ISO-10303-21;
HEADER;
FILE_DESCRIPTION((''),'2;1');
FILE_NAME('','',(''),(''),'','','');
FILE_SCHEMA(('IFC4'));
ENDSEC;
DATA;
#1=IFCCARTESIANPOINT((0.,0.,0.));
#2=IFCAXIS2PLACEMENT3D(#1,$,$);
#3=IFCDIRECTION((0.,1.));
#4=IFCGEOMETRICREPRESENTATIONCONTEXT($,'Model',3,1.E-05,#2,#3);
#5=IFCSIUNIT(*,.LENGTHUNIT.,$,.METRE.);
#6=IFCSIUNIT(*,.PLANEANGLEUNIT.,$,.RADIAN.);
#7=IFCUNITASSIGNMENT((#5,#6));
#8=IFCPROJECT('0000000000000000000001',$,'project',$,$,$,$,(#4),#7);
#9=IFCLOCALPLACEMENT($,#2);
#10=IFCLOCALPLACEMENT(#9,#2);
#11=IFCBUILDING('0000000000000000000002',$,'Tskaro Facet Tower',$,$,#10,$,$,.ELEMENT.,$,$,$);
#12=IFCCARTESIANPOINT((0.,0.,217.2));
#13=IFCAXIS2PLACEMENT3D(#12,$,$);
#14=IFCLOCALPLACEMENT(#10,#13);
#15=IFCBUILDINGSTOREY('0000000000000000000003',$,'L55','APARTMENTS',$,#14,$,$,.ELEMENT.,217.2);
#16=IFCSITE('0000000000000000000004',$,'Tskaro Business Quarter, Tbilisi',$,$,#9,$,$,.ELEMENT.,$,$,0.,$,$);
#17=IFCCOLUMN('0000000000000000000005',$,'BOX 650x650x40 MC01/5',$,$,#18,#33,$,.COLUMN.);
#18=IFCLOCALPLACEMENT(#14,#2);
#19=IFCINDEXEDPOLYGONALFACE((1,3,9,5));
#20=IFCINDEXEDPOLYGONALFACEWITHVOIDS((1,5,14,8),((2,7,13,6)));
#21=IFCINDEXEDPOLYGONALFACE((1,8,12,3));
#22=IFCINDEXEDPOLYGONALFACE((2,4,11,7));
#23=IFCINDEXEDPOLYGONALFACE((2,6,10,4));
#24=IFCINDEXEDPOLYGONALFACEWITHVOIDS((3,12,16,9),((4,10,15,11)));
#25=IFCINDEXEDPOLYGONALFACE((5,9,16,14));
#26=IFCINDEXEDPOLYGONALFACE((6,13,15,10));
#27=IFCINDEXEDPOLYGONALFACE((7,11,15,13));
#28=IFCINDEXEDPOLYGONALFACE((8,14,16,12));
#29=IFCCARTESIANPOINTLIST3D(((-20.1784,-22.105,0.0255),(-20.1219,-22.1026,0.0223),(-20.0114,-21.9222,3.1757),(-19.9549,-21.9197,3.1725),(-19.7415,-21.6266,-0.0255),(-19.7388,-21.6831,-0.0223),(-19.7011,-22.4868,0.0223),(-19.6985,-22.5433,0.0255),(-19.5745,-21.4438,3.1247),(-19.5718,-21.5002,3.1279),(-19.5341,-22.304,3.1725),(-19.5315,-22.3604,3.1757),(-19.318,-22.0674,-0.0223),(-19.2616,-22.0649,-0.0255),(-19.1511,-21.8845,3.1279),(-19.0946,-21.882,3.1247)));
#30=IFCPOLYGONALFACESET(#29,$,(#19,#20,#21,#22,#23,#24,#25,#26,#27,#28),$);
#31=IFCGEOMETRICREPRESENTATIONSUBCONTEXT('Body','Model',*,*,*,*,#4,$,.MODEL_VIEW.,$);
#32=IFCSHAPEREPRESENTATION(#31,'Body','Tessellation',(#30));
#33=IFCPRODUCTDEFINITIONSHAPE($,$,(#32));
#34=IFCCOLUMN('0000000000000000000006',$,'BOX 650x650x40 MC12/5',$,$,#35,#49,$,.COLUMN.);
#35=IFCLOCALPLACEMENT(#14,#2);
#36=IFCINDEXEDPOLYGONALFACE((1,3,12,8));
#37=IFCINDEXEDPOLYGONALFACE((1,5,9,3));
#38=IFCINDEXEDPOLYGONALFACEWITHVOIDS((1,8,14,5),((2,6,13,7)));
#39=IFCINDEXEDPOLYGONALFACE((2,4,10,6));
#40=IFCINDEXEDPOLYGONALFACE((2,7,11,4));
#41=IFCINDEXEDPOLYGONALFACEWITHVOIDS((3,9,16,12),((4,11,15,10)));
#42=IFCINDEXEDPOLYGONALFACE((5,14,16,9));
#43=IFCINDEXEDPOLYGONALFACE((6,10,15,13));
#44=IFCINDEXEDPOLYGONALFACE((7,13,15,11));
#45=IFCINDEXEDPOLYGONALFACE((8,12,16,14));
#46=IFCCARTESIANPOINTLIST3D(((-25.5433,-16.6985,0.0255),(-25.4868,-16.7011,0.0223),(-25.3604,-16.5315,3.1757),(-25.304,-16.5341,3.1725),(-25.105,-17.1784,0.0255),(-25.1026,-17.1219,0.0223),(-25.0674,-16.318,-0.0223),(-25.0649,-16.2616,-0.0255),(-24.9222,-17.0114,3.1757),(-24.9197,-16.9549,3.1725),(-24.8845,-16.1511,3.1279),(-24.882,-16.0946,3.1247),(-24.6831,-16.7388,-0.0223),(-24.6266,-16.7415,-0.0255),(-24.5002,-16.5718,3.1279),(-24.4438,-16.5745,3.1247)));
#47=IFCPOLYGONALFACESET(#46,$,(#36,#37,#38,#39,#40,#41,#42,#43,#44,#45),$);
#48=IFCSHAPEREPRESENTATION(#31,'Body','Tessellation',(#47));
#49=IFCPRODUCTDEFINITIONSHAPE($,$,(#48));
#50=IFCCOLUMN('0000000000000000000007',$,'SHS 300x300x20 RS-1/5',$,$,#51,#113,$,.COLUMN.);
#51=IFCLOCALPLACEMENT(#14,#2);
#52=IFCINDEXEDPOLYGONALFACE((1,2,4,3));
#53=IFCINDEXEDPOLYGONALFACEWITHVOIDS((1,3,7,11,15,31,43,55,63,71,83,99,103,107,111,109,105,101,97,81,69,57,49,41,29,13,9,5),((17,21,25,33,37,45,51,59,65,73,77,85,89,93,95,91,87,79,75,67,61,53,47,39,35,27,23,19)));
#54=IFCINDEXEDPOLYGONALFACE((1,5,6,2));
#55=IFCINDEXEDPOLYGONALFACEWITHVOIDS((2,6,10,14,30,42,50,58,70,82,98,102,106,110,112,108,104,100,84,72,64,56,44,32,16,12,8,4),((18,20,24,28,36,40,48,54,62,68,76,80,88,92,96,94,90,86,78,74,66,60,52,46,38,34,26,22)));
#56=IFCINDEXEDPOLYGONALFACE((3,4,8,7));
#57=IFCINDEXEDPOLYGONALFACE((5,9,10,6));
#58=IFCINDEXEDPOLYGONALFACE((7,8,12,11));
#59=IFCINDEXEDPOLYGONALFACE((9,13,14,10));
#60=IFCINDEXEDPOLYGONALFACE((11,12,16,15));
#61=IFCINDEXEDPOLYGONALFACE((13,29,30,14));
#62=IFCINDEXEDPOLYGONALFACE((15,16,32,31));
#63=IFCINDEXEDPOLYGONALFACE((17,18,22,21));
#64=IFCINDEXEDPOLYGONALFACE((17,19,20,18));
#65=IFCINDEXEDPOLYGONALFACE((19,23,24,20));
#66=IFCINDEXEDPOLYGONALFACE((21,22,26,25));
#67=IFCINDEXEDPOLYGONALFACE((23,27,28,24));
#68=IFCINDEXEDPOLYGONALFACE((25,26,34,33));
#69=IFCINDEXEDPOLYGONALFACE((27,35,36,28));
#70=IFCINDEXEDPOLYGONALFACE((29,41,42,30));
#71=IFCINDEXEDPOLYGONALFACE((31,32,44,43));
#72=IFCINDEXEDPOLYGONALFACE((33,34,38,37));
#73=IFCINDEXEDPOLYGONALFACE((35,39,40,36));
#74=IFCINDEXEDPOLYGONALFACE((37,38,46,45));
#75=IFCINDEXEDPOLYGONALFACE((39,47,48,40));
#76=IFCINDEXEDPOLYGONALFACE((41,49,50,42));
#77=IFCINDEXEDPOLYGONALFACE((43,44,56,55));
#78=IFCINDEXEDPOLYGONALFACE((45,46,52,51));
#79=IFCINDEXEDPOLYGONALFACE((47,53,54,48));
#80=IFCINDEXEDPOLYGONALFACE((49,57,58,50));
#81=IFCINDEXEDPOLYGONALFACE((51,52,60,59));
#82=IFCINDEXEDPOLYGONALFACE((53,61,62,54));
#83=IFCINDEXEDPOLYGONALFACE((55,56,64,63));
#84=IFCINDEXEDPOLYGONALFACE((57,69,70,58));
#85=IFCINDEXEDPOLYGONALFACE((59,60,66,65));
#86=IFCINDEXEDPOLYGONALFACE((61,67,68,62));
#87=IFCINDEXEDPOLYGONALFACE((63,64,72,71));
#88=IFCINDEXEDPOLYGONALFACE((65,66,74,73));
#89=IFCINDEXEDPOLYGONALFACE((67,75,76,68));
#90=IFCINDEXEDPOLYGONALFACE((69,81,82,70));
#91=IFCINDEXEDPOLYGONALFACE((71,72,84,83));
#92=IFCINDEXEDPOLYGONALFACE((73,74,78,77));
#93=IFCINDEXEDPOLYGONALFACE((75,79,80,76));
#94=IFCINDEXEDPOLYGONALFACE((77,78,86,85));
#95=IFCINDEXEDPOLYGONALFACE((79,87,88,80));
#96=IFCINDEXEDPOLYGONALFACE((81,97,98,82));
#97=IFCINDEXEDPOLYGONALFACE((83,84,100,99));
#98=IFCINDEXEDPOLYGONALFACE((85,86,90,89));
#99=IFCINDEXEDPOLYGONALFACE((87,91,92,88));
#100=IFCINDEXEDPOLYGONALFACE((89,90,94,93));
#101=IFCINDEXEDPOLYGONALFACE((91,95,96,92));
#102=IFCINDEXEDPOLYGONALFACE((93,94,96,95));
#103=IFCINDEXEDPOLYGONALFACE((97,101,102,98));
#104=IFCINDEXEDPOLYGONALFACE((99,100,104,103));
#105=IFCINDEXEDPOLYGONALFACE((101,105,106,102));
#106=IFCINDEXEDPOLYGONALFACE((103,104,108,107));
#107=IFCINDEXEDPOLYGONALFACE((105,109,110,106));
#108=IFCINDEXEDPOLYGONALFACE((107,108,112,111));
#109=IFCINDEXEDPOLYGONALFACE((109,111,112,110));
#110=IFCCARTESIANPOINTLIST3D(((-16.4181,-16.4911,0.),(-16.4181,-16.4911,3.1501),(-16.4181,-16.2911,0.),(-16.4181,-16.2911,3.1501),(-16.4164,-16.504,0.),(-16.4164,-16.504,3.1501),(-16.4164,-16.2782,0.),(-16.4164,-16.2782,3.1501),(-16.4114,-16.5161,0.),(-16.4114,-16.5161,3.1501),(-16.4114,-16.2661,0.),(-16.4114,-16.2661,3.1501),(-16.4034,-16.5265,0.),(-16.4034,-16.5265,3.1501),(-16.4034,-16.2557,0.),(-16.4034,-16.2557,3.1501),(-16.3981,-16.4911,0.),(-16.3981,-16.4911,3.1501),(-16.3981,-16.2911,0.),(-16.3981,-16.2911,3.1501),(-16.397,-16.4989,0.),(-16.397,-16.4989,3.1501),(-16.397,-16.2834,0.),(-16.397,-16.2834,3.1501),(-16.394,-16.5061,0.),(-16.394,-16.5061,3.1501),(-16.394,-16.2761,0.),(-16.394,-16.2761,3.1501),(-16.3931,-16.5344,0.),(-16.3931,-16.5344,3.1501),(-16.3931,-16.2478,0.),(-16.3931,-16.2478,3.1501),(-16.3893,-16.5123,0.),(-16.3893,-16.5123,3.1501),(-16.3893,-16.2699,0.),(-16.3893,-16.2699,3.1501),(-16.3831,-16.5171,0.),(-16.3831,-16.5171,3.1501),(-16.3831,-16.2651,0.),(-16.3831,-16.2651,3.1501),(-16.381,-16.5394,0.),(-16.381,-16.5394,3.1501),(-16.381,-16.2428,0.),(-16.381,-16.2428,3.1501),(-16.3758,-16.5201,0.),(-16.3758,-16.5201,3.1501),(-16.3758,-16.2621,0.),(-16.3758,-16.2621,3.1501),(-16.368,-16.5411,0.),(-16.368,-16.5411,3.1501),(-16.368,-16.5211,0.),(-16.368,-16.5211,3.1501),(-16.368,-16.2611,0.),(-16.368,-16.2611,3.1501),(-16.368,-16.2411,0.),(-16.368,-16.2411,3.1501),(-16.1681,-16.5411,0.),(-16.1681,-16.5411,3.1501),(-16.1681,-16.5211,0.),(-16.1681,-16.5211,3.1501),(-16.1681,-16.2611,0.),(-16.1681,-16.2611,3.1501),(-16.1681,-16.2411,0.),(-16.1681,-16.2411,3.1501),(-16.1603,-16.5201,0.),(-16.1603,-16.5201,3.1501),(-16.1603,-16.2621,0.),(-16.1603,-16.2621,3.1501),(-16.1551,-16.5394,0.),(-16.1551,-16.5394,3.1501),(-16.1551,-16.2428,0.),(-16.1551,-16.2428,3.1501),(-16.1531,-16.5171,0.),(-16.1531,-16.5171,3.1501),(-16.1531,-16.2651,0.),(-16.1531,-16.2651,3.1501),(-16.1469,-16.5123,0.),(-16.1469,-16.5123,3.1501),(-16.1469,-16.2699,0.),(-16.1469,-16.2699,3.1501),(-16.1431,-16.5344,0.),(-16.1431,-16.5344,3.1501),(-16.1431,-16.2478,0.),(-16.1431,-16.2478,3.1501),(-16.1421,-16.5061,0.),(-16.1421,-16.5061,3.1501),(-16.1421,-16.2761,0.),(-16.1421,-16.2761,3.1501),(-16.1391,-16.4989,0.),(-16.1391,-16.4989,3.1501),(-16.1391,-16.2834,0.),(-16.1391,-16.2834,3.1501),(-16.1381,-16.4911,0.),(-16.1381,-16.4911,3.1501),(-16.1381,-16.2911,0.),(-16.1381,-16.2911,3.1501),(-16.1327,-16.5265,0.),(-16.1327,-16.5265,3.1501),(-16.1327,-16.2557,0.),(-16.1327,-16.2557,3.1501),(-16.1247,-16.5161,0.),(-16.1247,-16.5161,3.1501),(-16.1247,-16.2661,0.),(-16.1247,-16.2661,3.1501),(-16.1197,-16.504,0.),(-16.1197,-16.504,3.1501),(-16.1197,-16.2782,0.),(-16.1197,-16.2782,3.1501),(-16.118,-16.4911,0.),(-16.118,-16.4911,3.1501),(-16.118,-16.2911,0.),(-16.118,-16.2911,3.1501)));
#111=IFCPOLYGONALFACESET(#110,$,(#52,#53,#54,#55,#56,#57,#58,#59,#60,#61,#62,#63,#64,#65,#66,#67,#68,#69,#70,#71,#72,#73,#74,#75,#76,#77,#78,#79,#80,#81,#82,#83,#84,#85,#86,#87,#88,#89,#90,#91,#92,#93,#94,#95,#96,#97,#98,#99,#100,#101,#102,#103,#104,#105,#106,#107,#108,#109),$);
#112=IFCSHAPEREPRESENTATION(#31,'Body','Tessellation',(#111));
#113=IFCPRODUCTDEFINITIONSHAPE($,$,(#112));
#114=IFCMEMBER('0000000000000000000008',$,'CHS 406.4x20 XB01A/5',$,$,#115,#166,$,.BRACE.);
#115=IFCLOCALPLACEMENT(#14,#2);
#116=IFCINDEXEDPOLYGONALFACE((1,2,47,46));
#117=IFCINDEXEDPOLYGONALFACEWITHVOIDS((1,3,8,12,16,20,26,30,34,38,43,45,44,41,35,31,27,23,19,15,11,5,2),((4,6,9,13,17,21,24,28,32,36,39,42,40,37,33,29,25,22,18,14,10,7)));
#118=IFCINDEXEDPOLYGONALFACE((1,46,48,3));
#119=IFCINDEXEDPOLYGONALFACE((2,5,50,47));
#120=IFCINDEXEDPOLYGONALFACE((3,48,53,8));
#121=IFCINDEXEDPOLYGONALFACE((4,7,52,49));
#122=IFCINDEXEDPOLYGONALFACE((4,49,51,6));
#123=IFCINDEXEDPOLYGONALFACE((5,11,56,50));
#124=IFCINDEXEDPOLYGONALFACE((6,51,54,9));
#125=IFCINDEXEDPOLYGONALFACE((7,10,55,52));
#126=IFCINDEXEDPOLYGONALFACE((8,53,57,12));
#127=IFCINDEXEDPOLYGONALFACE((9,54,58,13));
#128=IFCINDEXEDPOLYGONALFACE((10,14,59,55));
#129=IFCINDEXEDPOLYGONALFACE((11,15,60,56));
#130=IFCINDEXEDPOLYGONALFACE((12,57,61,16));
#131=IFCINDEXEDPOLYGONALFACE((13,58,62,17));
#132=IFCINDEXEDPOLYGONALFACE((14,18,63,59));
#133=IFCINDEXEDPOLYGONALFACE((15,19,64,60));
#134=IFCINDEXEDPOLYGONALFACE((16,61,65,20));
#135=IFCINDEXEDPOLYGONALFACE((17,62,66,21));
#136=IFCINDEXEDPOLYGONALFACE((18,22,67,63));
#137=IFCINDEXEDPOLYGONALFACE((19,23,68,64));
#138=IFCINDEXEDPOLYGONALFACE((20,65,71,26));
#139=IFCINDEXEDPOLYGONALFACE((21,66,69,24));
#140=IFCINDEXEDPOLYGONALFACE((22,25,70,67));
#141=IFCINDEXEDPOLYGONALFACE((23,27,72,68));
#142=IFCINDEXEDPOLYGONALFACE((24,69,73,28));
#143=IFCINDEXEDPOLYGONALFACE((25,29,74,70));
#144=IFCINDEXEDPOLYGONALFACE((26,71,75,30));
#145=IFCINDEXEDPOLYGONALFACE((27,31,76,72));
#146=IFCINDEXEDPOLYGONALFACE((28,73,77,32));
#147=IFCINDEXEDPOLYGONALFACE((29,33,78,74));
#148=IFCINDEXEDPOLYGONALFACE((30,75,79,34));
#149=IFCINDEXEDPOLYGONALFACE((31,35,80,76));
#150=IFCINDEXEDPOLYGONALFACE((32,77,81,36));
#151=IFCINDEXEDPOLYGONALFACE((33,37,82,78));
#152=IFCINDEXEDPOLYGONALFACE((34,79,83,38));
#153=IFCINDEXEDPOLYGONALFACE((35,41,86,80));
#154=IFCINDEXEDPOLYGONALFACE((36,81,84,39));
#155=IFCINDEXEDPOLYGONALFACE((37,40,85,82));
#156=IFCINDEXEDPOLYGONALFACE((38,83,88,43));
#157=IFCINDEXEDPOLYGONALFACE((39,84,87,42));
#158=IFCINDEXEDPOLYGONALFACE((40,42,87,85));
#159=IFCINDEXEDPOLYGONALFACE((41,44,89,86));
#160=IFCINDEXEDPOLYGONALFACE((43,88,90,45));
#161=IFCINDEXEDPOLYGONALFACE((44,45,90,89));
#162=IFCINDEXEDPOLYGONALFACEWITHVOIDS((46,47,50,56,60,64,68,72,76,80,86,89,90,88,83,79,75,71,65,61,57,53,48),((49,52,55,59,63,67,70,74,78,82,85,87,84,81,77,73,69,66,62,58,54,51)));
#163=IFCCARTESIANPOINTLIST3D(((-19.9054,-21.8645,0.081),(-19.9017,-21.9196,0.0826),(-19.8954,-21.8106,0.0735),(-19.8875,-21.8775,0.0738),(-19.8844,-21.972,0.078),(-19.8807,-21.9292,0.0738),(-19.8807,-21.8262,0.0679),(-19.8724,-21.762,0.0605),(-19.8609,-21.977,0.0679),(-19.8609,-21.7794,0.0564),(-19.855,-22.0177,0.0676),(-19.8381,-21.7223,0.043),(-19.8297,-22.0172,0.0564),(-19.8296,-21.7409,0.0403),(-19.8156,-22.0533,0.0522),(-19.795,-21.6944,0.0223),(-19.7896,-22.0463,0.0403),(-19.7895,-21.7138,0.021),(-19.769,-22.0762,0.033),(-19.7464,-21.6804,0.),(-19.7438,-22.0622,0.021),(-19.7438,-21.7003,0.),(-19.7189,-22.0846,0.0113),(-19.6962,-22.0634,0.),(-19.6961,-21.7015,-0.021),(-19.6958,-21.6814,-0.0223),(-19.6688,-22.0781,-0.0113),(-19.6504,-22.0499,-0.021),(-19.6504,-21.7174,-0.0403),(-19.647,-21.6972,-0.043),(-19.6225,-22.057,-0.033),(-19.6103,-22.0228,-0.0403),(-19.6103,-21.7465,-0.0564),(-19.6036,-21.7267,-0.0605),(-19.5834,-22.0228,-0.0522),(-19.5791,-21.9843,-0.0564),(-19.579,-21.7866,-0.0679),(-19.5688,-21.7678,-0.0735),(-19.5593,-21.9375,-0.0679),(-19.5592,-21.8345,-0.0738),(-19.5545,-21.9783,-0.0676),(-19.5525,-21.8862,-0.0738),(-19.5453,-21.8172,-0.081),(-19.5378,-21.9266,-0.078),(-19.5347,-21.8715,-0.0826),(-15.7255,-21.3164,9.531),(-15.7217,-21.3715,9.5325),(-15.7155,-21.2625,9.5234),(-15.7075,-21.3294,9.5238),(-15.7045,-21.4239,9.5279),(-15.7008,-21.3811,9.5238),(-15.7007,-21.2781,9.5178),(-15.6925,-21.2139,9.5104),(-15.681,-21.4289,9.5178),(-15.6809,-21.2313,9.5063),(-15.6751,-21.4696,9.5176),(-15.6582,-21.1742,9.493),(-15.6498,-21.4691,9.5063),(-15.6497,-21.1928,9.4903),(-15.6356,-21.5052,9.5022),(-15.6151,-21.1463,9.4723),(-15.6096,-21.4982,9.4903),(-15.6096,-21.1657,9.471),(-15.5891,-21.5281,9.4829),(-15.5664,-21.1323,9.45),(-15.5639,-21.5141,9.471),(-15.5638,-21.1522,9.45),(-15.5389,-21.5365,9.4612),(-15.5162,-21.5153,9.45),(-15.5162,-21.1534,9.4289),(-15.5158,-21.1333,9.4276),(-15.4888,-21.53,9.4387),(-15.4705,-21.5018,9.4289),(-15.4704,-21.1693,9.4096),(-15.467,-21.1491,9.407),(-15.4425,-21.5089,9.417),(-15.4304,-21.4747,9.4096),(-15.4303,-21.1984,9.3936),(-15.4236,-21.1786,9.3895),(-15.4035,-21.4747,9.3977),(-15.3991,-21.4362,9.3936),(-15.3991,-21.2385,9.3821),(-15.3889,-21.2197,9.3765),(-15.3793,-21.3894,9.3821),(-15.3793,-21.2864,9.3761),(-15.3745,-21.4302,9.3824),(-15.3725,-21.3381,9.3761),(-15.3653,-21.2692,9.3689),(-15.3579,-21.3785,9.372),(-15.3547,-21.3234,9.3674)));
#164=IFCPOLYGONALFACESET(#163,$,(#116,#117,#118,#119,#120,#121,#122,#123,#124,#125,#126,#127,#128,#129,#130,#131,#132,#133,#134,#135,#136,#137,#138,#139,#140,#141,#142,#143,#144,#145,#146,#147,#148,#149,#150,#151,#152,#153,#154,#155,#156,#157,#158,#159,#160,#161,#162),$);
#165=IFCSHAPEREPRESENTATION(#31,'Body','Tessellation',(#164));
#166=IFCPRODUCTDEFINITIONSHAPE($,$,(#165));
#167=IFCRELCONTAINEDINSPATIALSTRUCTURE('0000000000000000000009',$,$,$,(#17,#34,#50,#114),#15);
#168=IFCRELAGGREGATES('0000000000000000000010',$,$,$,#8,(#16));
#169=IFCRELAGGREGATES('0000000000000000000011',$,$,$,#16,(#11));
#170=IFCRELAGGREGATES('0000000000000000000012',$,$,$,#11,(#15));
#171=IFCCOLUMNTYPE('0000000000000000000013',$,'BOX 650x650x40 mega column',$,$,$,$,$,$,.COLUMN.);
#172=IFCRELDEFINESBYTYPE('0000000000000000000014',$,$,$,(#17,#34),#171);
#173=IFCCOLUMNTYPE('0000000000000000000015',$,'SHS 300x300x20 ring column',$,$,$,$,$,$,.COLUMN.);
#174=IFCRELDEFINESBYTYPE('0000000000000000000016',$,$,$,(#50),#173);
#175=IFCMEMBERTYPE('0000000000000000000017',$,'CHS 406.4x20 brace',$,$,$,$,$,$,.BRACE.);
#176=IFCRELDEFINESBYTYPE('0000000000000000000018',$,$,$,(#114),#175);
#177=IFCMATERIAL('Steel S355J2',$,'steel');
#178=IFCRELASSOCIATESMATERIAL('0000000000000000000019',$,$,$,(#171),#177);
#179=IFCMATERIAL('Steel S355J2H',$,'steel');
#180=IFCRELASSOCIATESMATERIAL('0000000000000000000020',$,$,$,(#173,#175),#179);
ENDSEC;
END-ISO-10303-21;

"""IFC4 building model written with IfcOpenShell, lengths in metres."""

from ifc_helpers import new_model, si_unit, direction, frame, origin, origin_2d, place, context, subcontext, project, spatial, hollow_rectangle, hollow_circle, extrude, material, material_profile, profile_set, type_object, element, save


model = new_model("IFC4")

# Units and contexts
model_context = context("Model", 3, precision=1e-05, world=origin(), true_north=direction((0.0, 1.0)))
body_context = subcontext(model_context, "Body", "Model", "MODEL_VIEW")
ifc_project = project(units=[si_unit("LENGTHUNIT", "METRE"), si_unit("PLANEANGLEUNIT", "RADIAN")], contexts=[model_context])

# Site, building, storey
site_placement = place(None, origin())
site = spatial("IfcSite", under=ifc_project, at=site_placement, Name="Tskaro Business Quarter, Tbilisi", CompositionType="ELEMENT", RefElevation=0.0)
building_placement = place(site_placement, origin())
building = spatial("IfcBuilding", under=site, at=building_placement, Name="Tskaro Facet Tower", CompositionType="ELEMENT")
storey_placement = place(building_placement, frame((0.0, 0.0, 217.2)))
storey = spatial("IfcBuildingStorey", under=building, at=storey_placement, Name="L55", Description="APARTMENTS", CompositionType="ELEMENT", Elevation=217.2)

# Columns
ifc_material_1 = material(Name="Steel S355J2", Category="steel")
ifc_material_profile_1 = material_profile(ifc_material_1, hollow_rectangle(XDim=0.6499, YDim=0.6499, WallThickness=0.04, at=origin_2d()), Name="BOX 650x650x40")
ifc_profile_set_1 = profile_set([ifc_material_profile_1], Name="Steel S355J2")
column_type_1 = type_object("IfcColumnType", Name="BOX 650x650x40 mega column", PredefinedType="COLUMN", material=ifc_profile_set_1)
for number, where, z_axis, x_axis, name in (
    (1, (-19.72, -22.085, 0.0), (0.052848, 0.05787, 0.996924), (-0.738421, 0.674339, 0.0), "BOX 650x650x40 MC01/5"),
    (2, (-25.085, -16.72, 0.0), (0.05787, 0.052848, 0.996924), (-0.674339, 0.738421, 0.0), "BOX 650x650x40 MC12/5"),
):
    element("IfcColumn", number, at=place(storey_placement, frame(where, z_axis=z_axis, x_axis=x_axis)), inside=storey, type_object=column_type_1, Name=name, PredefinedType="COLUMN", context=body_context, shape_type="SweptSolid", body=[
        extrude(hollow_rectangle(XDim=0.6499, YDim=0.6499, WallThickness=0.04, at=origin_2d()), origin(), (0.0, 0.0, 1.0), 3.1599),
    ])
ifc_material_2 = material(Name="Steel S355J2H", Category="steel")
ifc_material_profile_2 = material_profile(ifc_material_2, hollow_rectangle(XDim=0.3, YDim=0.3, WallThickness=0.02, InnerFilletRadius=0.03, OuterFilletRadius=0.05, at=origin_2d()), Name="SHS 300x300x20")
ifc_profile_set_2 = profile_set([ifc_material_profile_2], Name="Steel S355J2H")
column_type_2 = type_object("IfcColumnType", Name="SHS 300x300x20 ring column", PredefinedType="COLUMN", material=ifc_profile_set_2)
column_placement = place(storey_placement, frame((-16.2681, -16.3911, 0.0), z_axis=(0.0, 0.0, 1.0), x_axis=(1.0, 0.0, 0.0)))
element("IfcColumn", 3, at=column_placement, inside=storey, type_object=column_type_2, Name="SHS 300x300x20 RS-1/5", PredefinedType="COLUMN", context=body_context, shape_type="SweptSolid", body=[
    extrude(hollow_rectangle(XDim=0.3, YDim=0.3, WallThickness=0.02, InnerFilletRadius=0.03, OuterFilletRadius=0.05, at=origin_2d()), origin(), (0.0, 0.0, 1.0), 3.1501),
])

# Member
ifc_material_profile_3 = material_profile(ifc_material_2, hollow_circle(Radius=0.2031, WallThickness=0.02, at=origin_2d()), Name="CHS 406.4x20")
ifc_profile_set_3 = profile_set([ifc_material_profile_3], Name="Steel S355J2H")
member_type_1 = type_object("IfcMemberType", Name="CHS 406.4x20 brace", PredefinedType="BRACE", material=ifc_profile_set_3)
member_1_placement = place(storey_placement, frame((-19.72, -21.8818, 0.0), z_axis=(0.40395, 0.052968, 0.913246), x_axis=(-0.130013, 0.991512, 0.0)))
element("IfcMember", 4, at=member_1_placement, inside=storey, type_object=member_type_1, Name="CHS 406.4x20 XB01A/5", PredefinedType="BRACE", context=body_context, shape_type="SweptSolid", body=[
    extrude(hollow_circle(Radius=0.2031, WallThickness=0.02, at=origin_2d()), origin(), (0.0, 0.0, 1.0), 10.3477),
])

save(model, "model.ifc")
